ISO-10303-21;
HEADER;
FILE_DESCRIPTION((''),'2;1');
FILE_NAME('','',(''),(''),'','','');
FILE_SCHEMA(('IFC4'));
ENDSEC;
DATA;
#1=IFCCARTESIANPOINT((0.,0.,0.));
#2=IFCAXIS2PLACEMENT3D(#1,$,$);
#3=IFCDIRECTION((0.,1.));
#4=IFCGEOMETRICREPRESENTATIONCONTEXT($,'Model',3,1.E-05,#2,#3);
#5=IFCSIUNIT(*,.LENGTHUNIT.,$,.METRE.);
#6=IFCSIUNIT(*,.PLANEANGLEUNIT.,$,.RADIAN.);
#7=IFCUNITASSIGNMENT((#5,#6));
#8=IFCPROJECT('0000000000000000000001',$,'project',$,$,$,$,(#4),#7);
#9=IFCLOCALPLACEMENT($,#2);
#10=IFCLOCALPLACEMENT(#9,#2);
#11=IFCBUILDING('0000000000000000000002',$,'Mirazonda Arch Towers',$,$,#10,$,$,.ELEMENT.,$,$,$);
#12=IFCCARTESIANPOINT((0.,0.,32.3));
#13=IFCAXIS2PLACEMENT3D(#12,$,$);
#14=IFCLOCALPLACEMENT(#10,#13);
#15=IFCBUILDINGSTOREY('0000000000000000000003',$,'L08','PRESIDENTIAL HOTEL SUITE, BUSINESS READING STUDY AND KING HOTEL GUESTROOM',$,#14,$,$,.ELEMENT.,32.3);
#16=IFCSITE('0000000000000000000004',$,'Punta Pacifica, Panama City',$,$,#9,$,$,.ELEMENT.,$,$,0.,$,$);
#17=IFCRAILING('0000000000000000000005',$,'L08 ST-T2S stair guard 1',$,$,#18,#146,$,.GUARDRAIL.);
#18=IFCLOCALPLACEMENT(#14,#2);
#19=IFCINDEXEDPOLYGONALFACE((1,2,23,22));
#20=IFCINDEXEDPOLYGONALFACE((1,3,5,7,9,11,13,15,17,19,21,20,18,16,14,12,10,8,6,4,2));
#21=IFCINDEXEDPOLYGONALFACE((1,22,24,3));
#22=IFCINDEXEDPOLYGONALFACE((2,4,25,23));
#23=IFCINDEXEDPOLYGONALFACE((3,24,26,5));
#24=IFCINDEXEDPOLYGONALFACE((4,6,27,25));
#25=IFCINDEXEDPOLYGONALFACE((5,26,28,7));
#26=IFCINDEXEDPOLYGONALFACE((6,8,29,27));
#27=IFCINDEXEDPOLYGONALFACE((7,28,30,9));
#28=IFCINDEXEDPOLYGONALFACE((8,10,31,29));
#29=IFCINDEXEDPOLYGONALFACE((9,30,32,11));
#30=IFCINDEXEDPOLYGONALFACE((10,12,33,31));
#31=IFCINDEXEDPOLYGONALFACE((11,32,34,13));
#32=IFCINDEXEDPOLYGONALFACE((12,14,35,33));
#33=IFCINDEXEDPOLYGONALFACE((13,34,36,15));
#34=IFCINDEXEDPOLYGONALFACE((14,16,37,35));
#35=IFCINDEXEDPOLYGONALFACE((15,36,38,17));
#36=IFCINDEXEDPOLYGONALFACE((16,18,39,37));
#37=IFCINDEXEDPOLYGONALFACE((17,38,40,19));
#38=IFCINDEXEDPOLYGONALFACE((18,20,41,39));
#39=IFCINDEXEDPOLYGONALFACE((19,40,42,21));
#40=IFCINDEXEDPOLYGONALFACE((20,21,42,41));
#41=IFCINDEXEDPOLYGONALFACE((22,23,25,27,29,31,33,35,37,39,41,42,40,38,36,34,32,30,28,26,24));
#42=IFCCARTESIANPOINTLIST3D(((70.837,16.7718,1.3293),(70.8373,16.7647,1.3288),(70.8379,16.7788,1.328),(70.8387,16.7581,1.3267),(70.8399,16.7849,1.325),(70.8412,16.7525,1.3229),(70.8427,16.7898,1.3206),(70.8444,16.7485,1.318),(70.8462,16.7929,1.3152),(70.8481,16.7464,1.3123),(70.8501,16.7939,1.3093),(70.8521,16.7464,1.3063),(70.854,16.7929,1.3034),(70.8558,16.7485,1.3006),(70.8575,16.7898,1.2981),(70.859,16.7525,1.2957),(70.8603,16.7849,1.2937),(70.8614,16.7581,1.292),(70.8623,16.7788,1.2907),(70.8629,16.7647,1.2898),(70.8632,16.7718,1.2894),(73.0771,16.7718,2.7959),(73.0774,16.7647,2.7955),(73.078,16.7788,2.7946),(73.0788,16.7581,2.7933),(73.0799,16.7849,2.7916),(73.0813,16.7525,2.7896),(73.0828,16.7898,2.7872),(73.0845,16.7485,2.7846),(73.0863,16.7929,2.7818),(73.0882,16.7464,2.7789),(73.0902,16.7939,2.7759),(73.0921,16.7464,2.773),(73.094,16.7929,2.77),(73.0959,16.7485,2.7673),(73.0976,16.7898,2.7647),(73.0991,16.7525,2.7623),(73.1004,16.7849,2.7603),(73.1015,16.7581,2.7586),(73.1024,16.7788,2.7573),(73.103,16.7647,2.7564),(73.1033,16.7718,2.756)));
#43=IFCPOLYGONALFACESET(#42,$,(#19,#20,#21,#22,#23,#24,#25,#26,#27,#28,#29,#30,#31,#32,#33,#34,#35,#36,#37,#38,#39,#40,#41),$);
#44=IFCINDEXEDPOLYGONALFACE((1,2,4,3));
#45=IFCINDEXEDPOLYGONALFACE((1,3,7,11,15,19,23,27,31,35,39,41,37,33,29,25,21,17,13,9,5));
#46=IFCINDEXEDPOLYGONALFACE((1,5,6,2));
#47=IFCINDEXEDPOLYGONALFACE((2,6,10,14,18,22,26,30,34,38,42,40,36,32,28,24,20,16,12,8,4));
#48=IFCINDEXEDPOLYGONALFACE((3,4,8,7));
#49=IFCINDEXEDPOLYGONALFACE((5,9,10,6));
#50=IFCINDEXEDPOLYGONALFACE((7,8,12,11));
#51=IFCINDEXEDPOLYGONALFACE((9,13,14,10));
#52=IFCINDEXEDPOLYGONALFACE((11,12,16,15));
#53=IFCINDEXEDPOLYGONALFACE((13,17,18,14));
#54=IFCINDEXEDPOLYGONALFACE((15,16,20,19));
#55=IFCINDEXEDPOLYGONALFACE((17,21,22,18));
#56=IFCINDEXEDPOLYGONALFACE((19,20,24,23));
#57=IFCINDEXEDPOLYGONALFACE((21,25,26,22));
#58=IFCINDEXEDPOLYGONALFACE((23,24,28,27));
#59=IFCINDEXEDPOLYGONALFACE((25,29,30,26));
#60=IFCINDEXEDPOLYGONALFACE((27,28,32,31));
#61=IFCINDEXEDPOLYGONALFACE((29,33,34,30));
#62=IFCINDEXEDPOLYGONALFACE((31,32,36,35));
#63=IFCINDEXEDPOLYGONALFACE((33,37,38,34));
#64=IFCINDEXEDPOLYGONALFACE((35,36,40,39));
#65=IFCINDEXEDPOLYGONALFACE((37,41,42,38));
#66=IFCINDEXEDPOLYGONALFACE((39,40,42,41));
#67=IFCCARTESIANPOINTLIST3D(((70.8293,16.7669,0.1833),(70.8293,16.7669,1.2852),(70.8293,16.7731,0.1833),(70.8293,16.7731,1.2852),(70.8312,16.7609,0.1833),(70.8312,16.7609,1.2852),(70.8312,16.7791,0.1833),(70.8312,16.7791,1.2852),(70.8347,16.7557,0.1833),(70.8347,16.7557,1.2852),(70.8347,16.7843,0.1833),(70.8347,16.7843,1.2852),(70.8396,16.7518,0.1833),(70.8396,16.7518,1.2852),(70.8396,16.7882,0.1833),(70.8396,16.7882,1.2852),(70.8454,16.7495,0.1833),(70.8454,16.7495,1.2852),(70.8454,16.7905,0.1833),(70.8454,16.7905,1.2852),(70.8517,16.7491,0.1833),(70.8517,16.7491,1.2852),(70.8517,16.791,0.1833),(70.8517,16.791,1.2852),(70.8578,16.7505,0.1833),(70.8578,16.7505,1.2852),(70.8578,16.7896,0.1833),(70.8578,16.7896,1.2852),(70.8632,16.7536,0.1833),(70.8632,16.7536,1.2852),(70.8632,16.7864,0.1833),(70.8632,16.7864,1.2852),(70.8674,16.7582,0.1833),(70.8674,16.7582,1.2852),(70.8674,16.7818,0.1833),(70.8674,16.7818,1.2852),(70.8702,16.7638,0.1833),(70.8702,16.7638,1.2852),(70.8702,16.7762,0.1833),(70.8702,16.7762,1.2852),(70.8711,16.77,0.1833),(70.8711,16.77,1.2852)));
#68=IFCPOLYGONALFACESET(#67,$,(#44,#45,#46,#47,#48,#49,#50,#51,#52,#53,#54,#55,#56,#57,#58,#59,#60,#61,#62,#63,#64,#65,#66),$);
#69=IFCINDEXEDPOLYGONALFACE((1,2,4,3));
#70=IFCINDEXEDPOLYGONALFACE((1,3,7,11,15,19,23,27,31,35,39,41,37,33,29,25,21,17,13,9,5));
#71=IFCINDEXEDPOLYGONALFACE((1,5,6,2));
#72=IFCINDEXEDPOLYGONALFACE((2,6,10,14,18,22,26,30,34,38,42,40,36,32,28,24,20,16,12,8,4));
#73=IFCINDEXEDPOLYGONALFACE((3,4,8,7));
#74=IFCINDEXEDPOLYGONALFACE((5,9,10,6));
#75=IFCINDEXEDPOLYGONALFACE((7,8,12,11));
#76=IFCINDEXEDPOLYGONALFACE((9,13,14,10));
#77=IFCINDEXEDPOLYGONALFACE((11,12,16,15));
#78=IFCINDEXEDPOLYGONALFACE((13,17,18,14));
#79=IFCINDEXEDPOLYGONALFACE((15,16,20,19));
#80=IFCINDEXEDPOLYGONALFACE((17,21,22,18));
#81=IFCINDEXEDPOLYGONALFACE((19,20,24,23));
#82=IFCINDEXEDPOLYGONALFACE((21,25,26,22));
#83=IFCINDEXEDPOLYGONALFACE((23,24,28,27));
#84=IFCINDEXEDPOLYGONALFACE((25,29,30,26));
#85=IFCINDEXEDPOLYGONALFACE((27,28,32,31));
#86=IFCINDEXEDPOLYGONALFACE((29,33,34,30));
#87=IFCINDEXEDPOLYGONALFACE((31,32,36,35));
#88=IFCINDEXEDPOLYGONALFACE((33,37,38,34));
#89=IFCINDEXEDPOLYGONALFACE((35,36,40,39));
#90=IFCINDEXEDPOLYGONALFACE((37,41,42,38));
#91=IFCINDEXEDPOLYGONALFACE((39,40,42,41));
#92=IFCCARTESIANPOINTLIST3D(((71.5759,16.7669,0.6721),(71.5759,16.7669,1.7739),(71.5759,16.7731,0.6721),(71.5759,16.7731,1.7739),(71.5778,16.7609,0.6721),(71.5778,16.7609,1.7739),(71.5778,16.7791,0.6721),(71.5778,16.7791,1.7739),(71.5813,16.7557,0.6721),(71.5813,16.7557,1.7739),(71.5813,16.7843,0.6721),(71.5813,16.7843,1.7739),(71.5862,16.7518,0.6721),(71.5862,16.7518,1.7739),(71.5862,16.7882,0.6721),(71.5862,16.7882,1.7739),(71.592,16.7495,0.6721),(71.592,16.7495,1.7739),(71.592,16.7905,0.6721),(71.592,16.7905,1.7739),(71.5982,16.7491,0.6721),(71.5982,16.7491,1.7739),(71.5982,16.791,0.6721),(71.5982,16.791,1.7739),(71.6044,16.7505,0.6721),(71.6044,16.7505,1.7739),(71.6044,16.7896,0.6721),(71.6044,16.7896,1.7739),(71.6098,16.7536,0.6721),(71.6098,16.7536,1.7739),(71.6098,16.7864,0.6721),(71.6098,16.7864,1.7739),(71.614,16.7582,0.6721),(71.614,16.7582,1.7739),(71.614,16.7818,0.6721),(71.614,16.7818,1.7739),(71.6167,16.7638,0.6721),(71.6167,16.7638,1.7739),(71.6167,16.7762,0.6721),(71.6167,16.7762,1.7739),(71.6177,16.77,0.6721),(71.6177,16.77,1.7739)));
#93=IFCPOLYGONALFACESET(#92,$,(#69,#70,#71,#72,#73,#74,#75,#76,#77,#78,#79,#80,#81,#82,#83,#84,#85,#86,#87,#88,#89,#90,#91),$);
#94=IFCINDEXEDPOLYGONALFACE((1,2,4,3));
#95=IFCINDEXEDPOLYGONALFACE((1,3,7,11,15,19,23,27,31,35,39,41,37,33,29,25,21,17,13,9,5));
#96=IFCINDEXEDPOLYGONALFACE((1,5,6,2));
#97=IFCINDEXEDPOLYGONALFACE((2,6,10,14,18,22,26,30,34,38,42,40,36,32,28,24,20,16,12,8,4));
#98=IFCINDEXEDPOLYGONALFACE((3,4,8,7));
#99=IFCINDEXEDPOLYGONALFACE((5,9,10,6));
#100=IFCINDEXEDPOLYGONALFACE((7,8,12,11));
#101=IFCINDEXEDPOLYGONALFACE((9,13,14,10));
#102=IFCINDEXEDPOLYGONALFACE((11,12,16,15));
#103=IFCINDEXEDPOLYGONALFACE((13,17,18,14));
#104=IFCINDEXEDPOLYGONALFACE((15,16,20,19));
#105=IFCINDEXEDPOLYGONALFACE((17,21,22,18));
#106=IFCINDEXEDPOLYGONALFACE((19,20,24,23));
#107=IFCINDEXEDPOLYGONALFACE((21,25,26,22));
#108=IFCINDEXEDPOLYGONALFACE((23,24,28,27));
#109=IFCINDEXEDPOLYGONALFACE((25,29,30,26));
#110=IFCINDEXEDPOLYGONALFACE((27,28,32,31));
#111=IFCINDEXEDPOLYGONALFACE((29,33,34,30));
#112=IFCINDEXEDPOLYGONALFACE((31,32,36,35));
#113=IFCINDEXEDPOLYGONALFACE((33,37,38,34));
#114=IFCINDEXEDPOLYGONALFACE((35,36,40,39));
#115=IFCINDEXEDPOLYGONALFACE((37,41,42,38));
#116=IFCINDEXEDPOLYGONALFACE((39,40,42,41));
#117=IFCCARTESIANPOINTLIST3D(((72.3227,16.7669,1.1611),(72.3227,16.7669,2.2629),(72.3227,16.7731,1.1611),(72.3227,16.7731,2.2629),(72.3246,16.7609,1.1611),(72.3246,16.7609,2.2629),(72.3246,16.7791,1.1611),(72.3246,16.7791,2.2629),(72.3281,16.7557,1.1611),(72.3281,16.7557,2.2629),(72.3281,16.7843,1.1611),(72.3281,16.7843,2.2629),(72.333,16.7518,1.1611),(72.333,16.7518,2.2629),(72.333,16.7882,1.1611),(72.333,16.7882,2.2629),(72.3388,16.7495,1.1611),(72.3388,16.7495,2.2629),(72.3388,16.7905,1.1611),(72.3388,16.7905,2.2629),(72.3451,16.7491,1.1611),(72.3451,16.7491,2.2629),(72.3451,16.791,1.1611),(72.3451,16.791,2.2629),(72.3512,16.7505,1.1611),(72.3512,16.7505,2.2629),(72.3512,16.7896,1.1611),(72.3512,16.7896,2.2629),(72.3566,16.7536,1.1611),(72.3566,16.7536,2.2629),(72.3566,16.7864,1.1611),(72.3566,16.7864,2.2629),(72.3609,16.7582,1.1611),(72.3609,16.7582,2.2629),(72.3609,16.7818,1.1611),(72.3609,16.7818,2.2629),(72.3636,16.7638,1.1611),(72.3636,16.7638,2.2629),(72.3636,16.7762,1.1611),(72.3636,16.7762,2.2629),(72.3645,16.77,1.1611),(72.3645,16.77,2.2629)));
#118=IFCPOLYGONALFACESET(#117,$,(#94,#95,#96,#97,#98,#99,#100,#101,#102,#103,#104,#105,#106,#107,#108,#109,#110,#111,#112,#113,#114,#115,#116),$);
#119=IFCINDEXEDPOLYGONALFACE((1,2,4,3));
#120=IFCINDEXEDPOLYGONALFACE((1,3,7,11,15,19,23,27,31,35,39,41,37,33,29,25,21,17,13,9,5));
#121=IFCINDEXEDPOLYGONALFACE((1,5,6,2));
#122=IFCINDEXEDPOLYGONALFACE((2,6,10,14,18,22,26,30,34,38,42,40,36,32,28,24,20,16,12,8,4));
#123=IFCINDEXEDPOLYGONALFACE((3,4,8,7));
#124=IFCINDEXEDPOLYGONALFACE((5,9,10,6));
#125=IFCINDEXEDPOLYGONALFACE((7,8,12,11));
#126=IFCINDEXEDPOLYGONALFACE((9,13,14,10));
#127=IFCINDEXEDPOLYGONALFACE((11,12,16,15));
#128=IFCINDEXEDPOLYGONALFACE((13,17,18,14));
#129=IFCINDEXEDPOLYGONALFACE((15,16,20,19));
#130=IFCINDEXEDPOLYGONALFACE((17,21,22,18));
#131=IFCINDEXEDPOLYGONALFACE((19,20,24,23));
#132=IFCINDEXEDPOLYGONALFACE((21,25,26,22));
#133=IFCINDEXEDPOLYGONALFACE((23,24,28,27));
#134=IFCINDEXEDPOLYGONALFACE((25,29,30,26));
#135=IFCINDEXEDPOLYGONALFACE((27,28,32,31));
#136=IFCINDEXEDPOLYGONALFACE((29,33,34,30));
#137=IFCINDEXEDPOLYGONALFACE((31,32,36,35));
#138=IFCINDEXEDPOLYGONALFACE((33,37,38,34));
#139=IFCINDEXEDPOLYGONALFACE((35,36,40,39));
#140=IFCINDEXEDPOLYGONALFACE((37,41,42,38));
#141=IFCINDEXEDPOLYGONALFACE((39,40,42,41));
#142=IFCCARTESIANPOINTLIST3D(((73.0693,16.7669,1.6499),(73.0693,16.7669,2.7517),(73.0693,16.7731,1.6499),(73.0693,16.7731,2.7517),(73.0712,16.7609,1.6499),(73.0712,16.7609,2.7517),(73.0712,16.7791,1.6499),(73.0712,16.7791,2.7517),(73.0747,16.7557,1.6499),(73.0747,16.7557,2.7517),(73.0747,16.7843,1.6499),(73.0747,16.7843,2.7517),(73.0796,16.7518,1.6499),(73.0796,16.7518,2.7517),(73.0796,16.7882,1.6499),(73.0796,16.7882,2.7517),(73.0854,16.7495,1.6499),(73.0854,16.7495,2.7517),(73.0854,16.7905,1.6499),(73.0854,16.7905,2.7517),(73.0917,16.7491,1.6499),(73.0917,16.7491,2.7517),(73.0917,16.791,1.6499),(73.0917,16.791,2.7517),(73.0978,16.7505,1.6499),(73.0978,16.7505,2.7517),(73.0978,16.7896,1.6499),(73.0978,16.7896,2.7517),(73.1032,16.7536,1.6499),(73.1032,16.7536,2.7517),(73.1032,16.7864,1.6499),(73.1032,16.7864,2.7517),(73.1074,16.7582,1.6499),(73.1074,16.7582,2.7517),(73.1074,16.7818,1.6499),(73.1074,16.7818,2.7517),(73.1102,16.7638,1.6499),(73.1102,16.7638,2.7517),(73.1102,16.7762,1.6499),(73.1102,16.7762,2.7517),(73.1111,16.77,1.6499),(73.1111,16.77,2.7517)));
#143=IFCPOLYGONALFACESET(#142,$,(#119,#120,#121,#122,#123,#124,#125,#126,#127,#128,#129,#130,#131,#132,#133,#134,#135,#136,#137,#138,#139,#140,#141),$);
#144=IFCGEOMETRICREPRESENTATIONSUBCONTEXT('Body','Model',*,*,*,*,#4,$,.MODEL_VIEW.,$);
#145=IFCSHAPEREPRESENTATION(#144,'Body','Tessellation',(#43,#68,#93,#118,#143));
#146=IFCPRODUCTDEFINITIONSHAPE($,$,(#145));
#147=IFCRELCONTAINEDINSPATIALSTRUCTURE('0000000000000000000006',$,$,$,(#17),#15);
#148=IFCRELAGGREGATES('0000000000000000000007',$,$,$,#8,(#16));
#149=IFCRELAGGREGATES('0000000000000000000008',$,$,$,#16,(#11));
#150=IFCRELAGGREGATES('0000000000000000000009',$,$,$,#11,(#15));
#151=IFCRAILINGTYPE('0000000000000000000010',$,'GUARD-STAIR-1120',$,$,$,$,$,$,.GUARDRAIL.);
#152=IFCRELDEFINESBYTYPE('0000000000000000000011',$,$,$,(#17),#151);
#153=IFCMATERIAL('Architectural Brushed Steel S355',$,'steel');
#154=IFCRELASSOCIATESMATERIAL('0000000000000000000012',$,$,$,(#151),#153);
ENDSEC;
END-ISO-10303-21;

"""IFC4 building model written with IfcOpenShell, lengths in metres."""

from ifc_helpers import new_model, si_unit, direction, frame, origin, origin_2d, place, context, subcontext, project, spatial, circle, extrude, material, type_object, element, save


model = new_model("IFC4")

# Units and contexts
model_context = context("Model", 3, precision=1e-05, world=origin(), true_north=direction((0.0, 1.0)))
body_context = subcontext(model_context, "Body", "Model", "MODEL_VIEW")
ifc_project = project(units=[si_unit("LENGTHUNIT", "METRE"), si_unit("PLANEANGLEUNIT", "RADIAN")], contexts=[model_context])

# Site, building, storey
site_placement = place(None, origin())
site = spatial("IfcSite", under=ifc_project, at=site_placement, Name="Punta Pacifica, Panama City", CompositionType="ELEMENT", RefElevation=0.0)
building_placement = place(site_placement, origin())
building = spatial("IfcBuilding", under=site, at=building_placement, Name="Mirazonda Arch Towers", CompositionType="ELEMENT")
storey_placement = place(building_placement, frame((0.0, 0.0, 32.3)))
storey = spatial("IfcBuildingStorey", under=building, at=storey_placement, Name="L08", Description="PRESIDENTIAL HOTEL SUITE, BUSINESS READING STUDY AND KING HOTEL GUESTROOM", CompositionType="ELEMENT", Elevation=32.3)

# Railing
ifc_material_1 = material(Name="Architectural Brushed Steel S355", Category="steel")
railing_type_1 = type_object("IfcRailingType", Name="GUARD-STAIR-1120", PredefinedType="GUARDRAIL", material=ifc_material_1)
railing_1_placement = place(storey_placement, frame((70.8501, 16.77, 0.1833)))
element("IfcRailing", 1, at=railing_1_placement, inside=storey, type_object=railing_type_1, Name="L08 ST-T2S stair guard 1", PredefinedType="GUARDRAIL", context=body_context, shape_type="SweptSolid", body=[
    extrude(circle(Radius=0.0239, at=origin_2d()), frame((0.0, 0.0, 1.126), z_axis=(0.836637, 0.0, 0.547758), x_axis=(0.0, 1.0, 0.0)), (0.0, 0.0, 1.0), 2.6775),
    extrude(circle(Radius=0.021, at=origin_2d()), origin(), (0.0, 0.0, 1.0), 1.1018),
    extrude(circle(Radius=0.021, at=origin_2d()), frame((0.7466, 0.0, 0.4888)), (0.0, 0.0, 1.0), 1.1018),
    extrude(circle(Radius=0.021, at=origin_2d()), frame((1.4934, 0.0, 0.9778)), (0.0, 0.0, 1.0), 1.1018),
    extrude(circle(Radius=0.021, at=origin_2d()), frame((2.24, 0.0, 1.4666)), (0.0, 0.0, 1.0), 1.1018),
])

save(model, "model.ifc")
